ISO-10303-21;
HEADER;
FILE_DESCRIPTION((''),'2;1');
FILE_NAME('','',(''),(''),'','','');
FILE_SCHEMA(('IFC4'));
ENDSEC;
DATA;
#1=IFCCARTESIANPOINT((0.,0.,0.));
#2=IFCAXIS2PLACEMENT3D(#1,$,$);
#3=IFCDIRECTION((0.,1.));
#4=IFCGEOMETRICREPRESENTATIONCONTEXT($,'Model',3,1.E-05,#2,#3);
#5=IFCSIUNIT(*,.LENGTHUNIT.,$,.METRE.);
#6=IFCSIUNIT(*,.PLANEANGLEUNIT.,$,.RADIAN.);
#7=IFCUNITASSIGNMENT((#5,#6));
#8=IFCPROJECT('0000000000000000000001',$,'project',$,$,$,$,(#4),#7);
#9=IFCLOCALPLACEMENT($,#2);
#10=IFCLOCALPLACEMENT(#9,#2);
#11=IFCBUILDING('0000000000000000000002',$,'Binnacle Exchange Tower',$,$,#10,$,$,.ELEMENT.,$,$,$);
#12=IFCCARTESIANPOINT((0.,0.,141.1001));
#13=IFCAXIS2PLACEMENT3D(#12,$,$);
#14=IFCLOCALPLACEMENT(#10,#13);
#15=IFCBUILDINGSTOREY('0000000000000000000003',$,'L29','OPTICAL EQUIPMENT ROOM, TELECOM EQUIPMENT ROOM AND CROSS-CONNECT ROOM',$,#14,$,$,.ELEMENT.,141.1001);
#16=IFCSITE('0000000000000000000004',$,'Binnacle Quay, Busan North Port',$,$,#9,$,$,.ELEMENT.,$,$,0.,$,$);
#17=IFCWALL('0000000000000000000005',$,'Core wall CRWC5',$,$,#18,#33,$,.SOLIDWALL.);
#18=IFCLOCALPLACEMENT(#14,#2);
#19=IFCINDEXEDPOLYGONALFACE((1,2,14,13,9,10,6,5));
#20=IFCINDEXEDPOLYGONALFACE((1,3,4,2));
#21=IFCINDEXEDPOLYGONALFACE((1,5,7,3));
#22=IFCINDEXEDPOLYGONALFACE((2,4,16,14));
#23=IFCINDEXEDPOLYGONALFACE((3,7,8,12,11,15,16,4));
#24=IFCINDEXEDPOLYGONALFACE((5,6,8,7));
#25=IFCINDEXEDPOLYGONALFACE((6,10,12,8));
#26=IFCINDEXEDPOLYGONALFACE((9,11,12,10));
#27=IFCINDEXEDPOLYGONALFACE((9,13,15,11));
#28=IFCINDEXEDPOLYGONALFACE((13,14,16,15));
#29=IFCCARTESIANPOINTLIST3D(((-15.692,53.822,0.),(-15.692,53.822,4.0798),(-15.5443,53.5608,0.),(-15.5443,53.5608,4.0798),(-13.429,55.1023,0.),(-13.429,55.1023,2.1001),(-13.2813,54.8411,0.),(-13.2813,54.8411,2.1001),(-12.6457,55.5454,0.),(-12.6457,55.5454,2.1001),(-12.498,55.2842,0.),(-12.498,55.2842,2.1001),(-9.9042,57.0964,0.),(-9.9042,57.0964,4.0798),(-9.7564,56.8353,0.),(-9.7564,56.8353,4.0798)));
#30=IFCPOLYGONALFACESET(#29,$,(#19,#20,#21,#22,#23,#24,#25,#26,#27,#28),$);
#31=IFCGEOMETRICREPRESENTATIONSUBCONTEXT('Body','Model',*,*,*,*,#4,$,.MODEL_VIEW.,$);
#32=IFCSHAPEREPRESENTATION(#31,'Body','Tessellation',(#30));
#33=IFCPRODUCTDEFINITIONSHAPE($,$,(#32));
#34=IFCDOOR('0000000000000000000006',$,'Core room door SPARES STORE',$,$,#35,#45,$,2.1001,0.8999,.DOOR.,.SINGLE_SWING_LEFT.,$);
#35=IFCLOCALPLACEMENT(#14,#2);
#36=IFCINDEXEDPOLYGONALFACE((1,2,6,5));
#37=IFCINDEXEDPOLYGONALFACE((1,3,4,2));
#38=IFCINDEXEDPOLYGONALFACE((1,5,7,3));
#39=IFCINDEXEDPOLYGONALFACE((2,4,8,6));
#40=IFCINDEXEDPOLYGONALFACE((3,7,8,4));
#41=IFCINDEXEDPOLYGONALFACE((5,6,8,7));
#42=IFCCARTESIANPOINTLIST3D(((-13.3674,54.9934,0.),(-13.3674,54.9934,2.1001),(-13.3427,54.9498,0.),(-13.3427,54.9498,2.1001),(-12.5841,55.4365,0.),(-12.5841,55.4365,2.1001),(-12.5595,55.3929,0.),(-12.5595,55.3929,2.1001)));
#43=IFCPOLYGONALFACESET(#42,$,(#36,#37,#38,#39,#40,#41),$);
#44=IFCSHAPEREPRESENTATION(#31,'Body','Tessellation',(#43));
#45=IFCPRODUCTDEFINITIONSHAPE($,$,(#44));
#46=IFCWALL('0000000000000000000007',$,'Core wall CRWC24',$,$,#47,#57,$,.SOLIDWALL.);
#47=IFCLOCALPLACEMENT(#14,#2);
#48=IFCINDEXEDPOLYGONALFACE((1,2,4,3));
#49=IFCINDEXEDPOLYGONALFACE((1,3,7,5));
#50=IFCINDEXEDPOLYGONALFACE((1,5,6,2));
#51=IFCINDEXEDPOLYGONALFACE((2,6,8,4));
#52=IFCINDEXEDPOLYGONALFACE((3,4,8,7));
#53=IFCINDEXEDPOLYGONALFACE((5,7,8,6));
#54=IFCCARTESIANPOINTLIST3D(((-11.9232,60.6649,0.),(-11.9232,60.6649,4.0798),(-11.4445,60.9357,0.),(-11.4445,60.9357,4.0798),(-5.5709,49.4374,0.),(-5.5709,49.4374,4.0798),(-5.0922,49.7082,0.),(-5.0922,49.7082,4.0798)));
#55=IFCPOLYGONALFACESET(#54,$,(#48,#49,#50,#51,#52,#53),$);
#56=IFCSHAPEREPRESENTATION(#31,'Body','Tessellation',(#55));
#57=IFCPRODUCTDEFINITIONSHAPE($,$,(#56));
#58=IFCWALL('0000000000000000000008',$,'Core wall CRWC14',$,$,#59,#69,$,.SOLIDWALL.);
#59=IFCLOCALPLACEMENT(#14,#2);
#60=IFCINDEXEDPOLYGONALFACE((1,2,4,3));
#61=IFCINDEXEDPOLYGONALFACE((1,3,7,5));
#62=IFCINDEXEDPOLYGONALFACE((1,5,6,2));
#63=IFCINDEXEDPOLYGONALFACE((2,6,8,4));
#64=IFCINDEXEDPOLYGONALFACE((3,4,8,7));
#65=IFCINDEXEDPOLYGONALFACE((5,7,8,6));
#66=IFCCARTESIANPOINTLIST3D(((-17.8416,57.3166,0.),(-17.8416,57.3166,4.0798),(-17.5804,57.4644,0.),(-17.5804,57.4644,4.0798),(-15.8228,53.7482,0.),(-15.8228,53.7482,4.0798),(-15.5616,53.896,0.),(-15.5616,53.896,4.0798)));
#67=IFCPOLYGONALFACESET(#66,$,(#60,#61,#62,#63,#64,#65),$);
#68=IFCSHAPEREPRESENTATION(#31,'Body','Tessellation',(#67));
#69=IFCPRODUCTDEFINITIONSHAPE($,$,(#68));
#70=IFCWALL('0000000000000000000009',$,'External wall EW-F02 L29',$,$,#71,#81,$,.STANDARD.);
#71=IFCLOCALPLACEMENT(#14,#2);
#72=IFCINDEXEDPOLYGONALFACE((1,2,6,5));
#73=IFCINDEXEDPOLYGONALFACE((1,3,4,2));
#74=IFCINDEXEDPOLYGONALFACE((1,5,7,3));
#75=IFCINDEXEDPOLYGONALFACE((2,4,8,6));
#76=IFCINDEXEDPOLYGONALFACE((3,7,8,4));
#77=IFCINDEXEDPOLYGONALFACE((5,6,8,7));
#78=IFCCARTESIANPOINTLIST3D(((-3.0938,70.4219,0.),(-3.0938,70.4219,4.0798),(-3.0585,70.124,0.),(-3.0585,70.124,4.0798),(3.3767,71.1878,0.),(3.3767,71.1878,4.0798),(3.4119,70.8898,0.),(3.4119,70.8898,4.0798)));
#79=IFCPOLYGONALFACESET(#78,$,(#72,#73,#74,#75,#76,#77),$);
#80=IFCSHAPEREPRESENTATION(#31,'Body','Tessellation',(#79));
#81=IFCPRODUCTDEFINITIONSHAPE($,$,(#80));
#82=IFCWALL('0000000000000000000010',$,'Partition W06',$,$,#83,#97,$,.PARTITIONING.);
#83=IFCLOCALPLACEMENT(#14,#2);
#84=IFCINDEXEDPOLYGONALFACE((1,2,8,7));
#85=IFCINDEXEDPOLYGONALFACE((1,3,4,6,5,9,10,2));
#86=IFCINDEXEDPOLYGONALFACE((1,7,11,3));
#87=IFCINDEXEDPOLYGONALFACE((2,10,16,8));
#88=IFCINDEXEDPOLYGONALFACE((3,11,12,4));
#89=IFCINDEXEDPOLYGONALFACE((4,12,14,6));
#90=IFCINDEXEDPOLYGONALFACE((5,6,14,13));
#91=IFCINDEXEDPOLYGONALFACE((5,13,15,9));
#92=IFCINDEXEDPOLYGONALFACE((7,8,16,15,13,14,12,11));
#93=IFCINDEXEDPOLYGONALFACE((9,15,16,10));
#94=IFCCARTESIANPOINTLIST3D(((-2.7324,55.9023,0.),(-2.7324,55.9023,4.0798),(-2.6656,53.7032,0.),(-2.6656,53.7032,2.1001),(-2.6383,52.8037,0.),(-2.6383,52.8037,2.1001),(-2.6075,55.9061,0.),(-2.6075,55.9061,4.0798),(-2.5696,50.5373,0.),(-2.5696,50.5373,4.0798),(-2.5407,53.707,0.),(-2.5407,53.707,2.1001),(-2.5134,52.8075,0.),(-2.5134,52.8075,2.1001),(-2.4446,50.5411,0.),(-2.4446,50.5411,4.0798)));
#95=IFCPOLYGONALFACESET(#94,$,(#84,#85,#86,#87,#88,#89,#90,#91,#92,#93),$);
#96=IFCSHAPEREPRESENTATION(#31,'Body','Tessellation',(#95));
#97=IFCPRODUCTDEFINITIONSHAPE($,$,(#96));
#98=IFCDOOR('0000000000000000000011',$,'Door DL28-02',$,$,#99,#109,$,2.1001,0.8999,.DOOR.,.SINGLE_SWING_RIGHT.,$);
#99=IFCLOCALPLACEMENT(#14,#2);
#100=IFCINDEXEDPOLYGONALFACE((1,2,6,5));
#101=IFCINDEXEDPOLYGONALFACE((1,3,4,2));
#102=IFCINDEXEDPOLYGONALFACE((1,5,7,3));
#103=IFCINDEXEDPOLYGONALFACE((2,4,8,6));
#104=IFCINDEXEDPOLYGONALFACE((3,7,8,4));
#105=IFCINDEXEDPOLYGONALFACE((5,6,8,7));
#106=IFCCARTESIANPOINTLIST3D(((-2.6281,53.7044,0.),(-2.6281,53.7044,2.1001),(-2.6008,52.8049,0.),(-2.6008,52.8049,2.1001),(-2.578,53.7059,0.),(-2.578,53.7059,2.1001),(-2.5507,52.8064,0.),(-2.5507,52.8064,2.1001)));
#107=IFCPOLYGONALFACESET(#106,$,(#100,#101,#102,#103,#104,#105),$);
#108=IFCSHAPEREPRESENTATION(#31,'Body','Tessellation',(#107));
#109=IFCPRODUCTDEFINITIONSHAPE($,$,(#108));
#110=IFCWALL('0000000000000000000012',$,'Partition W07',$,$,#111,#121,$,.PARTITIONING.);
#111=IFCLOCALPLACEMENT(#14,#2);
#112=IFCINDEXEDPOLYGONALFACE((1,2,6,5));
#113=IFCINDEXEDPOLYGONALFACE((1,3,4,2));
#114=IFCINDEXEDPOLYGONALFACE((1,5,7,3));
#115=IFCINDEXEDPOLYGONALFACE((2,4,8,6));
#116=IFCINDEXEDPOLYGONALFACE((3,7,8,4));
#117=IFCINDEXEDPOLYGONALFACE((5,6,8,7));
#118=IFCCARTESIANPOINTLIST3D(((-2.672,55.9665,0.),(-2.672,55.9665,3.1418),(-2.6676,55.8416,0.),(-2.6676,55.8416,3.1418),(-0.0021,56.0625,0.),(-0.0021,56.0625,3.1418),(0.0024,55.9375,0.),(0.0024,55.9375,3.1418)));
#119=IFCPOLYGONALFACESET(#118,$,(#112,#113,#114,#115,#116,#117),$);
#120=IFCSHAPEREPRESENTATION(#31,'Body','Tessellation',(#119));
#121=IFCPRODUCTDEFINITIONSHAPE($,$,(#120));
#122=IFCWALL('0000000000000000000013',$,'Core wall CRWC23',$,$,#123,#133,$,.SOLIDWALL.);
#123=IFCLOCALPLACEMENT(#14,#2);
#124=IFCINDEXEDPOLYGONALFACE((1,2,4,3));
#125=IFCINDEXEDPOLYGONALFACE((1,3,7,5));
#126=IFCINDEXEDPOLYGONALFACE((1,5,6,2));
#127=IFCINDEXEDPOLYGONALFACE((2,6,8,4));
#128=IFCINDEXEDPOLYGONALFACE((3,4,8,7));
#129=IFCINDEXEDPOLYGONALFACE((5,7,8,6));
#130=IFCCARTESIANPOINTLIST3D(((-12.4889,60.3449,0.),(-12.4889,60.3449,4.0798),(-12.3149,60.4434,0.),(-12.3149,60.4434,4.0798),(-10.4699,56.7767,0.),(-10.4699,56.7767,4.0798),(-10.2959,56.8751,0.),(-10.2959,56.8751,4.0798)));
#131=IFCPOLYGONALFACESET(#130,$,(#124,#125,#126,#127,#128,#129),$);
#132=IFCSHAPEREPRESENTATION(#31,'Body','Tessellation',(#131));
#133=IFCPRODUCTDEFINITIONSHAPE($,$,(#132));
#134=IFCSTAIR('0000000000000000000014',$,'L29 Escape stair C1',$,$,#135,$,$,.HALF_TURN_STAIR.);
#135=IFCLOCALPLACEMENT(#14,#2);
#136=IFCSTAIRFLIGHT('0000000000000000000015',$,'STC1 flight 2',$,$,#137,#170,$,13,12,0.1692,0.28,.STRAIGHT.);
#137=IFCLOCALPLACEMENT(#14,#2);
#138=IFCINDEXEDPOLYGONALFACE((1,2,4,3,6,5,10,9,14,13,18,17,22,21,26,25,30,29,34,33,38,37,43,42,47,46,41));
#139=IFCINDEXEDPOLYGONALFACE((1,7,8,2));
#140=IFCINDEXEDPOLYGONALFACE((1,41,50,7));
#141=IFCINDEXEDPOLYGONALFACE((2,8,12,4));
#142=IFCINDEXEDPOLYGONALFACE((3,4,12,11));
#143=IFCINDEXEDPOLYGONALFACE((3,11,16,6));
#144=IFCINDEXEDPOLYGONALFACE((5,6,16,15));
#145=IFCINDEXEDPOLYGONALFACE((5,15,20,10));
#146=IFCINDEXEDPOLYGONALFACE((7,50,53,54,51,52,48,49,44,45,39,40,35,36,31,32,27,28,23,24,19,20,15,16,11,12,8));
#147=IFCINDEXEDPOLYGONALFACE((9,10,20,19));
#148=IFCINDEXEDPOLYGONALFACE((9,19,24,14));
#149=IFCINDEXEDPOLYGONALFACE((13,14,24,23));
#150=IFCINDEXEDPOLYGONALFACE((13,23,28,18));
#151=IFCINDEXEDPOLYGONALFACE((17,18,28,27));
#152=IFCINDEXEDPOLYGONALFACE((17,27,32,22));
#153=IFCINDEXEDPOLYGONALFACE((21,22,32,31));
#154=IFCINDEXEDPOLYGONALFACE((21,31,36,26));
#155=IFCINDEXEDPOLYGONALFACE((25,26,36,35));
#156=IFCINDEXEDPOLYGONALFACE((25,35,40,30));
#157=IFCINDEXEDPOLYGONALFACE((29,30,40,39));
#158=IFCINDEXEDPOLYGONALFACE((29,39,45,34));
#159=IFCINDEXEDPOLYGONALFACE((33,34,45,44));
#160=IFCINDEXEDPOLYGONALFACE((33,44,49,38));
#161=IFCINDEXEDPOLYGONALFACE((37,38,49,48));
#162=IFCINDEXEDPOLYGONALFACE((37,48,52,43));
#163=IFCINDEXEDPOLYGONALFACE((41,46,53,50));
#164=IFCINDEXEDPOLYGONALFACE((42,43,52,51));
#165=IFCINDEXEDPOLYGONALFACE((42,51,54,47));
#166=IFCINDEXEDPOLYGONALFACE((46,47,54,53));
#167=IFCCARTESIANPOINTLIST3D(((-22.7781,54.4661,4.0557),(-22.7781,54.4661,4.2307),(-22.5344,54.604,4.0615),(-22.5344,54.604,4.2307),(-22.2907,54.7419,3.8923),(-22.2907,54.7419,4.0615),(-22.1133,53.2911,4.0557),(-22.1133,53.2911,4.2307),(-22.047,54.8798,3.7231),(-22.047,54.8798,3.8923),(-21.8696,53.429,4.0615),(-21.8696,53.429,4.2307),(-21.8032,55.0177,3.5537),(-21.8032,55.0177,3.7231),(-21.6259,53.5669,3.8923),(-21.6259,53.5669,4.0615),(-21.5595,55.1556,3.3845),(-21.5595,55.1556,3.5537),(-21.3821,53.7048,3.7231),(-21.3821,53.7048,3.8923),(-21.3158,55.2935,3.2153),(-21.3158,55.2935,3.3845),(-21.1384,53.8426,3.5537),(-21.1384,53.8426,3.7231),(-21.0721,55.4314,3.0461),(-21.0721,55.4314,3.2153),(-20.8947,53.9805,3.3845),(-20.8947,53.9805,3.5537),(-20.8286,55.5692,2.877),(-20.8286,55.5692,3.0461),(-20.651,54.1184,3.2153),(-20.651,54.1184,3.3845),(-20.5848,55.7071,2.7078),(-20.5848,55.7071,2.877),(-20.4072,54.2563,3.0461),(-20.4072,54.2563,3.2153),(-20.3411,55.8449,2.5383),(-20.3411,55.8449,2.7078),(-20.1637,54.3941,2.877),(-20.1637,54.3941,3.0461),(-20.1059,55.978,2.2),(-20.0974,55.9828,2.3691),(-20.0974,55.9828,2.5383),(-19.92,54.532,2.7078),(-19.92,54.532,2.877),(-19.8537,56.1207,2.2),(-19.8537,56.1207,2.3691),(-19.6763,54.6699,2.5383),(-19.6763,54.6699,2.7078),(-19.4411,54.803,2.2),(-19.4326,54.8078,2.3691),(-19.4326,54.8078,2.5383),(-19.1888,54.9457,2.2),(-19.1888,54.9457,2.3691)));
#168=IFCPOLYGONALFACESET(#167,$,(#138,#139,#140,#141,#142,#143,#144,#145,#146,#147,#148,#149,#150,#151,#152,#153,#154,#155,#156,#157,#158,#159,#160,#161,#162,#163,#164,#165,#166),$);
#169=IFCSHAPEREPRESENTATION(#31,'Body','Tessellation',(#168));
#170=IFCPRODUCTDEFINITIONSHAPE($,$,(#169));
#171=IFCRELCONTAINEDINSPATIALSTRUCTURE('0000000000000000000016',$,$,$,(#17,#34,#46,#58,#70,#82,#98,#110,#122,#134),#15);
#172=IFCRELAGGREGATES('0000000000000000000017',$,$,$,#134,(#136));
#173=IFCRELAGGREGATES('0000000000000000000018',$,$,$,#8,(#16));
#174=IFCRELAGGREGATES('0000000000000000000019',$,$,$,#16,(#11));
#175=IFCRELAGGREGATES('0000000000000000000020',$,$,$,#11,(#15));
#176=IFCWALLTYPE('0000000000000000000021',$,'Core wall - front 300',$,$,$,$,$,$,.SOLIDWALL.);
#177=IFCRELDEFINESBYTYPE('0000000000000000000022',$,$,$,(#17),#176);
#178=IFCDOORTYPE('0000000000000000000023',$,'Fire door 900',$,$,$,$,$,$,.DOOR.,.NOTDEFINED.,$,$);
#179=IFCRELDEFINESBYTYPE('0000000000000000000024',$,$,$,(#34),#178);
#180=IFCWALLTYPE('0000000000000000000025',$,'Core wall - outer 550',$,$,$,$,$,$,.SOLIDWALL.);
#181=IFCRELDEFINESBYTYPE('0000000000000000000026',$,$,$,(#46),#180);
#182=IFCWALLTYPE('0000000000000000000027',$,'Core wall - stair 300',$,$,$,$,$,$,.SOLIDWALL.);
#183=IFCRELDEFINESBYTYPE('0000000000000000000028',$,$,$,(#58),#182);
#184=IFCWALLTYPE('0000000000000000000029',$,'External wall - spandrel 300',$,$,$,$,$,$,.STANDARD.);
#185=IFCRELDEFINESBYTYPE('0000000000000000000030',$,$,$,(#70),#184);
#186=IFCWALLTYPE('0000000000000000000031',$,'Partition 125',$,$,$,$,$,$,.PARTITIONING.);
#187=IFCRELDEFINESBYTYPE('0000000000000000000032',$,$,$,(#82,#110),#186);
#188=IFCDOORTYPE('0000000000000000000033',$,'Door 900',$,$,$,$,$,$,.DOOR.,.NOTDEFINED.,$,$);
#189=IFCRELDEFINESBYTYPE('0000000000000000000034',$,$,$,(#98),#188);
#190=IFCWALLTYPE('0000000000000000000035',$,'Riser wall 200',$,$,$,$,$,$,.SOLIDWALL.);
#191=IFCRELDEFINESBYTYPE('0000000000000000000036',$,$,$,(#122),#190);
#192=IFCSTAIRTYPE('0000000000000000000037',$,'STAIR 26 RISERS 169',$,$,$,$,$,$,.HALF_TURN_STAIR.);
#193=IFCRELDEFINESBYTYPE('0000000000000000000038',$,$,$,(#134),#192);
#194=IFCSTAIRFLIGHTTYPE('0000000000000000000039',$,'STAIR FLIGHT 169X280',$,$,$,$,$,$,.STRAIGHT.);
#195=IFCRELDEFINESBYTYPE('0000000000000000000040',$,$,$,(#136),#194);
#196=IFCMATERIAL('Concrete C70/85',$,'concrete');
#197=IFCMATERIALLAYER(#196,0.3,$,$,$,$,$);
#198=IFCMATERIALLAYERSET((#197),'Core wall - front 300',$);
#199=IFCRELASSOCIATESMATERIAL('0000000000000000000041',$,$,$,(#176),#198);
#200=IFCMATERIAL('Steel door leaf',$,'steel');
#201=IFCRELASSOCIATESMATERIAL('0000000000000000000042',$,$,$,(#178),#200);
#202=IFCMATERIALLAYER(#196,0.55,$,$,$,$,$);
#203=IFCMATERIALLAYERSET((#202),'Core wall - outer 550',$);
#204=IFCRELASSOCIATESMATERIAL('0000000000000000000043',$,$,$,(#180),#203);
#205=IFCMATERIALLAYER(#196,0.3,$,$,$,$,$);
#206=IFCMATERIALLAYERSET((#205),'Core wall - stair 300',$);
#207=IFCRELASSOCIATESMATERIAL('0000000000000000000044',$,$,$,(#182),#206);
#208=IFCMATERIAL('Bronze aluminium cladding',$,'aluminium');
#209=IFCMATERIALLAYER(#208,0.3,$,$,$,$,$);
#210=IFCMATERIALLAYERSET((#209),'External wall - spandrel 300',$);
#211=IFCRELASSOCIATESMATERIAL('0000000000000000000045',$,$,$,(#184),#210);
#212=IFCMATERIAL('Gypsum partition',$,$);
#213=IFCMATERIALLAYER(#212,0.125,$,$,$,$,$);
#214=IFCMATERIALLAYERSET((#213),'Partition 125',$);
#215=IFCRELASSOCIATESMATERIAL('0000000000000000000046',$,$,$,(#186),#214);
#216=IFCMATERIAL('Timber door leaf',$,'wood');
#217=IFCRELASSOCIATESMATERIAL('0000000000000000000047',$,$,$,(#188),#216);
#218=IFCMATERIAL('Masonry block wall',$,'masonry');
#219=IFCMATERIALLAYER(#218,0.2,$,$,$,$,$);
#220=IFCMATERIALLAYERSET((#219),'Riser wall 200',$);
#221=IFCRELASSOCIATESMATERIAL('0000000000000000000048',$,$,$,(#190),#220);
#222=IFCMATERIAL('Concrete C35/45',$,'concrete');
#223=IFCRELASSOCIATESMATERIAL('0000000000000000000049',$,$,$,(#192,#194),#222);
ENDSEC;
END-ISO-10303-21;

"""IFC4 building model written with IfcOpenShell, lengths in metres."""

from ifc_helpers import new_model, si_unit, direction, frame, frame_2d, origin, place, context, subcontext, project, spatial, polyline, rectangle, outline, extrude, material, layer, layer_set, type_object, element, fill, aggregate, save


model = new_model("IFC4")

# Units and contexts
model_context = context("Model", 3, precision=1e-05, world=origin(), true_north=direction((0.0, 1.0)))
body_context = subcontext(model_context, "Body", "Model", "MODEL_VIEW")
ifc_project = project(units=[si_unit("LENGTHUNIT", "METRE"), si_unit("PLANEANGLEUNIT", "RADIAN")], contexts=[model_context])

# Site, building, storey
site_placement = place(None, origin())
site = spatial("IfcSite", under=ifc_project, at=site_placement, Name="Binnacle Quay, Busan North Port", CompositionType="ELEMENT", RefElevation=0.0)
building_placement = place(site_placement, origin())
building = spatial("IfcBuilding", under=site, at=building_placement, Name="Binnacle Exchange Tower", CompositionType="ELEMENT")
storey_placement = place(building_placement, frame((0.0, 0.0, 141.1001)))
storey = spatial("IfcBuildingStorey", under=building, at=storey_placement, Name="L29", Description="OPTICAL EQUIPMENT ROOM, TELECOM EQUIPMENT ROOM AND CROSS-CONNECT ROOM", CompositionType="ELEMENT", Elevation=141.1001)

# Shared definitions
ifc_material_1 = material(Name="Concrete C70/85", Category="concrete")

# Wall, opening, door
ifc_layer_1 = layer(ifc_material_1, 0.3)
ifc_layer_set_1 = layer_set([ifc_layer_1], Name="Core wall - front 300")
wall_type_1 = type_object("IfcWallType", Name="Core wall - front 300", PredefinedType="SOLIDWALL", material=ifc_layer_set_1)
wall_1_placement = place(storey_placement, frame((-15.6182, 53.6914, 0.0), z_axis=(0.0, 0.0, 1.0), x_axis=(0.870368, 0.492402, 0.0)))
wall_1 = element("IfcWall", 1, at=wall_1_placement, inside=storey, type_object=wall_type_1, Name="Core wall CRWC5", PredefinedType="SOLIDWALL", context=body_context, shape_type="SweptSolid", body=[
    extrude(rectangle(XDim=6.6499, YDim=0.3, at=frame_2d((3.325, 0.0))), origin(), (0.0, 0.0, 1.0), 4.0798),
])
opening_1_placement = place(wall_1_placement, frame((2.6001, 0.0, 0.0)))
opening_1 = element("IfcOpeningElement", 2, at=opening_1_placement, cuts=wall_1, PredefinedType="OPENING", context=body_context, shape_type="SweptSolid", body=[
    extrude(rectangle(XDim=0.8999, YDim=2.1001, at=frame_2d((0.45, 1.05))), frame((0.0, 0.1599, 0.0), z_axis=(0.0, -1.0, 0.0), x_axis=(1.0, 0.0, 0.0)), (0.0, 0.0, 1.0), 0.3201),
])
ifc_material_2 = material(Name="Steel door leaf", Category="steel")
door_type_1 = type_object("IfcDoorType", Name="Fire door 900", OperationType="NOTDEFINED", PredefinedType="DOOR", material=ifc_material_2)
door_1_placement = place(opening_1_placement, origin())
door_1 = element("IfcDoor", 3, at=door_1_placement, inside=storey, type_object=door_type_1, Name="Core room door SPARES STORE", OperationType="SINGLE_SWING_LEFT", OverallHeight=2.1001, OverallWidth=0.8999, PredefinedType="DOOR", context=body_context, shape_type="SweptSolid", body=[
    extrude(rectangle(XDim=0.8999, YDim=2.1001, at=frame_2d((0.45, 1.05))), frame((0.0, 0.0249, 0.0), z_axis=(0.0, -1.0, 0.0), x_axis=(1.0, 0.0, 0.0)), (0.0, 0.0, 1.0), 0.05),
])
fill(opening_1, door_1)

# Walls
ifc_layer_2 = layer(ifc_material_1, 0.55)
ifc_layer_set_2 = layer_set([ifc_layer_2], Name="Core wall - outer 550")
wall_type_2 = type_object("IfcWallType", Name="Core wall - outer 550", PredefinedType="SOLIDWALL", material=ifc_layer_set_2)
wall_2_placement = place(storey_placement, frame((-11.6838, 60.8003, 0.0), z_axis=(0.0, 0.0, 1.0), x_axis=(0.492427, -0.870354, 0.0)))
element("IfcWall", 4, at=wall_2_placement, inside=storey, type_object=wall_type_2, Name="Core wall CRWC24", PredefinedType="SOLIDWALL", context=body_context, shape_type="SweptSolid", body=[
    extrude(rectangle(XDim=12.8999, YDim=0.55, at=frame_2d((6.45, 0.0))), origin(), (0.0, 0.0, 1.0), 4.0798),
])
ifc_layer_3 = layer(ifc_material_1, 0.3)
ifc_layer_set_3 = layer_set([ifc_layer_3], Name="Core wall - stair 300")
wall_type_3 = type_object("IfcWallType", Name="Core wall - stair 300", PredefinedType="SOLIDWALL", material=ifc_layer_set_3)
wall_3_placement = place(storey_placement, frame((-17.7109, 57.3904, 0.0), z_axis=(0.0, 0.0, 1.0), x_axis=(0.492408, -0.870364, 0.0)))
element("IfcWall", 5, at=wall_3_placement, inside=storey, type_object=wall_type_3, Name="Core wall CRWC14", PredefinedType="SOLIDWALL", context=body_context, shape_type="SweptSolid", body=[
    extrude(rectangle(XDim=4.0999, YDim=0.3, at=frame_2d((2.0498, 0.0))), origin(), (0.0, 0.0, 1.0), 4.0798),
])
ifc_material_3 = material(Name="Bronze aluminium cladding", Category="aluminium")
ifc_layer_4 = layer(ifc_material_3, 0.3)
ifc_layer_set_4 = layer_set([ifc_layer_4], Name="External wall - spandrel 300")
wall_type_4 = type_object("IfcWallType", Name="External wall - spandrel 300", PredefinedType="STANDARD", material=ifc_layer_set_4)
wall_4_placement = place(storey_placement, frame((-3.0762, 70.2729, 0.0), z_axis=(0.0, 0.0, 1.0), x_axis=(0.993068, 0.117543, 0.0)))
element("IfcWall", 6, at=wall_4_placement, inside=storey, type_object=wall_type_4, Name="External wall EW-F02 L29", PredefinedType="STANDARD", context=body_context, shape_type="SweptSolid", body=[
    extrude(rectangle(XDim=6.5156, YDim=0.3, at=frame_2d((3.2578, 0.0))), origin(), (0.0, 0.0, 1.0), 4.0798),
])

# Wall, opening, door
ifc_material_4 = material(Name="Gypsum partition")
ifc_layer_5 = layer(ifc_material_4, 0.125)
ifc_layer_set_5 = layer_set([ifc_layer_5], Name="Partition 125")
wall_type_5 = type_object("IfcWallType", Name="Partition 125", PredefinedType="PARTITIONING", material=ifc_layer_set_5)
wall_5_placement = place(storey_placement, frame((-2.6699, 55.9041, 0.0), z_axis=(0.0, 0.0, 1.0), x_axis=(0.030339, -0.99954, 0.0)))
wall_5 = element("IfcWall", 7, at=wall_5_placement, inside=storey, type_object=wall_type_5, Name="Partition W06", PredefinedType="PARTITIONING", context=body_context, shape_type="SweptSolid", body=[
    extrude(rectangle(XDim=5.3674, YDim=0.125, at=frame_2d((2.6836, 0.0))), origin(), (0.0, 0.0, 1.0), 4.0798),
])
opening_2_placement = place(wall_5_placement, frame((2.2, 0.0, 0.0)))
opening_2 = element("IfcOpeningElement", 8, at=opening_2_placement, cuts=wall_5, PredefinedType="OPENING", context=body_context, shape_type="SweptSolid", body=[
    extrude(rectangle(XDim=0.8999, YDim=2.1001, at=frame_2d((0.45, 1.05))), frame((0.0, 0.0725, 0.0), z_axis=(0.0, -1.0, 0.0), x_axis=(1.0, 0.0, 0.0)), (0.0, 0.0, 1.0), 0.145),
])
ifc_material_5 = material(Name="Timber door leaf", Category="wood")
door_type_2 = type_object("IfcDoorType", Name="Door 900", OperationType="NOTDEFINED", PredefinedType="DOOR", material=ifc_material_5)
door_2_placement = place(opening_2_placement, frame((0.8999, 0.0, 0.0), z_axis=(0.0, 0.0, 1.0), x_axis=(-1.0, 0.0, 0.0)))
door_2 = element("IfcDoor", 9, at=door_2_placement, inside=storey, type_object=door_type_2, Name="Door DL28-02", OperationType="SINGLE_SWING_RIGHT", OverallHeight=2.1001, OverallWidth=0.8999, PredefinedType="DOOR", context=body_context, shape_type="SweptSolid", body=[
    extrude(rectangle(XDim=0.8999, YDim=2.1001, at=frame_2d((0.45, 1.05))), frame((0.0, 0.0249, 0.0), z_axis=(0.0, -1.0, 0.0), x_axis=(1.0, 0.0, 0.0)), (0.0, 0.0, 1.0), 0.05),
])
fill(opening_2, door_2)

# Walls
wall_6_placement = place(storey_placement, frame((-2.6699, 55.9041, 0.0), z_axis=(0.0, 0.0, 1.0), x_axis=(0.999355, 0.035913, 0.0)))
element("IfcWall", 10, at=wall_6_placement, inside=storey, type_object=wall_type_5, Name="Partition W07", PredefinedType="PARTITIONING", context=body_context, shape_type="SweptSolid", body=[
    extrude(rectangle(XDim=2.6716, YDim=0.125, at=frame_2d((1.3359, 0.0))), origin(), (0.0, 0.0, 1.0), 3.1418),
])
ifc_material_6 = material(Name="Masonry block wall", Category="masonry")
ifc_layer_6 = layer(ifc_material_6, 0.2)
ifc_layer_set_6 = layer_set([ifc_layer_6], Name="Riser wall 200")
wall_type_6 = type_object("IfcWallType", Name="Riser wall 200", PredefinedType="SOLIDWALL", material=ifc_layer_set_6)
wall_7_placement = place(storey_placement, frame((-12.4019, 60.394, 0.0), z_axis=(0.0, 0.0, 1.0), x_axis=(0.492454, -0.870339, 0.0)))
element("IfcWall", 11, at=wall_7_placement, inside=storey, type_object=wall_type_6, Name="Core wall CRWC23", PredefinedType="SOLIDWALL", context=body_context, shape_type="SweptSolid", body=[
    extrude(rectangle(XDim=4.0999, YDim=0.2, at=frame_2d((2.0498, 0.0))), origin(), (0.0, 0.0, 1.0), 4.0798),
])

# Stair, stair flight
ifc_material_7 = material(Name="Concrete C35/45", Category="concrete")
stair_type = type_object("IfcStairType", Name="STAIR 26 RISERS 169", PredefinedType="HALF_TURN_STAIR", material=ifc_material_7)
stair_placement = place(storey_placement, origin())
stair = element("IfcStair", 12, at=stair_placement, inside=storey, type_object=stair_type, Name="L29 Escape stair C1", PredefinedType="HALF_TURN_STAIR")
stair_flight_type = type_object("IfcStairFlightType", Name="STAIR FLIGHT 169X280", PredefinedType="STRAIGHT", material=ifc_material_7)
stair_flight_placement = place(storey_placement, frame((-19.5212, 55.5332, 2.2), z_axis=(0.0, 0.0, 1.0), x_axis=(-0.870356, -0.492424, 0.0)))
stair_flight = element("IfcStairFlight", 13, at=stair_flight_placement, type_object=stair_flight_type, Name="STC1 flight 2", NumberOfRisers=13, NumberOfTreads=12, PredefinedType="STRAIGHT", RiserHeight=0.1692, TreadLength=0.28, context=body_context, shape_type="SweptSolid", body=[
    extrude(outline(polyline([(0.0, 0.0), (0.0, 0.1692), (0.28, 0.1692), (0.28, 0.3384), (0.5601, 0.3384), (0.5601, 0.5078), (0.8401, 0.5078), (0.8401, 0.677), (1.1201, 0.677), (1.1201, 0.8462), (1.3999, 0.8462), (1.3999, 1.0154), (1.6799, 1.0154), (1.6799, 1.1846), (1.96, 1.1846), (1.96, 1.3538), (2.24, 1.3538), (2.24, 1.5232), (2.52, 1.5232), (2.52, 1.6924), (2.8, 1.6924), (2.8, 1.8616), (3.0801, 1.8616), (3.0801, 2.0308), (3.3601, 2.0308), (3.3601, 2.2), (3.3601, 1.8557), (0.2898, 0.0), (0.0, 0.0)])), frame((0.0, 0.675, 0.0), z_axis=(0.0, -1.0, 0.0), x_axis=(1.0, 0.0, 0.0)), (0.0, 0.0, 1.0), 1.3501),
])
aggregate(stair, [stair_flight])

save(model, "model.ifc")
